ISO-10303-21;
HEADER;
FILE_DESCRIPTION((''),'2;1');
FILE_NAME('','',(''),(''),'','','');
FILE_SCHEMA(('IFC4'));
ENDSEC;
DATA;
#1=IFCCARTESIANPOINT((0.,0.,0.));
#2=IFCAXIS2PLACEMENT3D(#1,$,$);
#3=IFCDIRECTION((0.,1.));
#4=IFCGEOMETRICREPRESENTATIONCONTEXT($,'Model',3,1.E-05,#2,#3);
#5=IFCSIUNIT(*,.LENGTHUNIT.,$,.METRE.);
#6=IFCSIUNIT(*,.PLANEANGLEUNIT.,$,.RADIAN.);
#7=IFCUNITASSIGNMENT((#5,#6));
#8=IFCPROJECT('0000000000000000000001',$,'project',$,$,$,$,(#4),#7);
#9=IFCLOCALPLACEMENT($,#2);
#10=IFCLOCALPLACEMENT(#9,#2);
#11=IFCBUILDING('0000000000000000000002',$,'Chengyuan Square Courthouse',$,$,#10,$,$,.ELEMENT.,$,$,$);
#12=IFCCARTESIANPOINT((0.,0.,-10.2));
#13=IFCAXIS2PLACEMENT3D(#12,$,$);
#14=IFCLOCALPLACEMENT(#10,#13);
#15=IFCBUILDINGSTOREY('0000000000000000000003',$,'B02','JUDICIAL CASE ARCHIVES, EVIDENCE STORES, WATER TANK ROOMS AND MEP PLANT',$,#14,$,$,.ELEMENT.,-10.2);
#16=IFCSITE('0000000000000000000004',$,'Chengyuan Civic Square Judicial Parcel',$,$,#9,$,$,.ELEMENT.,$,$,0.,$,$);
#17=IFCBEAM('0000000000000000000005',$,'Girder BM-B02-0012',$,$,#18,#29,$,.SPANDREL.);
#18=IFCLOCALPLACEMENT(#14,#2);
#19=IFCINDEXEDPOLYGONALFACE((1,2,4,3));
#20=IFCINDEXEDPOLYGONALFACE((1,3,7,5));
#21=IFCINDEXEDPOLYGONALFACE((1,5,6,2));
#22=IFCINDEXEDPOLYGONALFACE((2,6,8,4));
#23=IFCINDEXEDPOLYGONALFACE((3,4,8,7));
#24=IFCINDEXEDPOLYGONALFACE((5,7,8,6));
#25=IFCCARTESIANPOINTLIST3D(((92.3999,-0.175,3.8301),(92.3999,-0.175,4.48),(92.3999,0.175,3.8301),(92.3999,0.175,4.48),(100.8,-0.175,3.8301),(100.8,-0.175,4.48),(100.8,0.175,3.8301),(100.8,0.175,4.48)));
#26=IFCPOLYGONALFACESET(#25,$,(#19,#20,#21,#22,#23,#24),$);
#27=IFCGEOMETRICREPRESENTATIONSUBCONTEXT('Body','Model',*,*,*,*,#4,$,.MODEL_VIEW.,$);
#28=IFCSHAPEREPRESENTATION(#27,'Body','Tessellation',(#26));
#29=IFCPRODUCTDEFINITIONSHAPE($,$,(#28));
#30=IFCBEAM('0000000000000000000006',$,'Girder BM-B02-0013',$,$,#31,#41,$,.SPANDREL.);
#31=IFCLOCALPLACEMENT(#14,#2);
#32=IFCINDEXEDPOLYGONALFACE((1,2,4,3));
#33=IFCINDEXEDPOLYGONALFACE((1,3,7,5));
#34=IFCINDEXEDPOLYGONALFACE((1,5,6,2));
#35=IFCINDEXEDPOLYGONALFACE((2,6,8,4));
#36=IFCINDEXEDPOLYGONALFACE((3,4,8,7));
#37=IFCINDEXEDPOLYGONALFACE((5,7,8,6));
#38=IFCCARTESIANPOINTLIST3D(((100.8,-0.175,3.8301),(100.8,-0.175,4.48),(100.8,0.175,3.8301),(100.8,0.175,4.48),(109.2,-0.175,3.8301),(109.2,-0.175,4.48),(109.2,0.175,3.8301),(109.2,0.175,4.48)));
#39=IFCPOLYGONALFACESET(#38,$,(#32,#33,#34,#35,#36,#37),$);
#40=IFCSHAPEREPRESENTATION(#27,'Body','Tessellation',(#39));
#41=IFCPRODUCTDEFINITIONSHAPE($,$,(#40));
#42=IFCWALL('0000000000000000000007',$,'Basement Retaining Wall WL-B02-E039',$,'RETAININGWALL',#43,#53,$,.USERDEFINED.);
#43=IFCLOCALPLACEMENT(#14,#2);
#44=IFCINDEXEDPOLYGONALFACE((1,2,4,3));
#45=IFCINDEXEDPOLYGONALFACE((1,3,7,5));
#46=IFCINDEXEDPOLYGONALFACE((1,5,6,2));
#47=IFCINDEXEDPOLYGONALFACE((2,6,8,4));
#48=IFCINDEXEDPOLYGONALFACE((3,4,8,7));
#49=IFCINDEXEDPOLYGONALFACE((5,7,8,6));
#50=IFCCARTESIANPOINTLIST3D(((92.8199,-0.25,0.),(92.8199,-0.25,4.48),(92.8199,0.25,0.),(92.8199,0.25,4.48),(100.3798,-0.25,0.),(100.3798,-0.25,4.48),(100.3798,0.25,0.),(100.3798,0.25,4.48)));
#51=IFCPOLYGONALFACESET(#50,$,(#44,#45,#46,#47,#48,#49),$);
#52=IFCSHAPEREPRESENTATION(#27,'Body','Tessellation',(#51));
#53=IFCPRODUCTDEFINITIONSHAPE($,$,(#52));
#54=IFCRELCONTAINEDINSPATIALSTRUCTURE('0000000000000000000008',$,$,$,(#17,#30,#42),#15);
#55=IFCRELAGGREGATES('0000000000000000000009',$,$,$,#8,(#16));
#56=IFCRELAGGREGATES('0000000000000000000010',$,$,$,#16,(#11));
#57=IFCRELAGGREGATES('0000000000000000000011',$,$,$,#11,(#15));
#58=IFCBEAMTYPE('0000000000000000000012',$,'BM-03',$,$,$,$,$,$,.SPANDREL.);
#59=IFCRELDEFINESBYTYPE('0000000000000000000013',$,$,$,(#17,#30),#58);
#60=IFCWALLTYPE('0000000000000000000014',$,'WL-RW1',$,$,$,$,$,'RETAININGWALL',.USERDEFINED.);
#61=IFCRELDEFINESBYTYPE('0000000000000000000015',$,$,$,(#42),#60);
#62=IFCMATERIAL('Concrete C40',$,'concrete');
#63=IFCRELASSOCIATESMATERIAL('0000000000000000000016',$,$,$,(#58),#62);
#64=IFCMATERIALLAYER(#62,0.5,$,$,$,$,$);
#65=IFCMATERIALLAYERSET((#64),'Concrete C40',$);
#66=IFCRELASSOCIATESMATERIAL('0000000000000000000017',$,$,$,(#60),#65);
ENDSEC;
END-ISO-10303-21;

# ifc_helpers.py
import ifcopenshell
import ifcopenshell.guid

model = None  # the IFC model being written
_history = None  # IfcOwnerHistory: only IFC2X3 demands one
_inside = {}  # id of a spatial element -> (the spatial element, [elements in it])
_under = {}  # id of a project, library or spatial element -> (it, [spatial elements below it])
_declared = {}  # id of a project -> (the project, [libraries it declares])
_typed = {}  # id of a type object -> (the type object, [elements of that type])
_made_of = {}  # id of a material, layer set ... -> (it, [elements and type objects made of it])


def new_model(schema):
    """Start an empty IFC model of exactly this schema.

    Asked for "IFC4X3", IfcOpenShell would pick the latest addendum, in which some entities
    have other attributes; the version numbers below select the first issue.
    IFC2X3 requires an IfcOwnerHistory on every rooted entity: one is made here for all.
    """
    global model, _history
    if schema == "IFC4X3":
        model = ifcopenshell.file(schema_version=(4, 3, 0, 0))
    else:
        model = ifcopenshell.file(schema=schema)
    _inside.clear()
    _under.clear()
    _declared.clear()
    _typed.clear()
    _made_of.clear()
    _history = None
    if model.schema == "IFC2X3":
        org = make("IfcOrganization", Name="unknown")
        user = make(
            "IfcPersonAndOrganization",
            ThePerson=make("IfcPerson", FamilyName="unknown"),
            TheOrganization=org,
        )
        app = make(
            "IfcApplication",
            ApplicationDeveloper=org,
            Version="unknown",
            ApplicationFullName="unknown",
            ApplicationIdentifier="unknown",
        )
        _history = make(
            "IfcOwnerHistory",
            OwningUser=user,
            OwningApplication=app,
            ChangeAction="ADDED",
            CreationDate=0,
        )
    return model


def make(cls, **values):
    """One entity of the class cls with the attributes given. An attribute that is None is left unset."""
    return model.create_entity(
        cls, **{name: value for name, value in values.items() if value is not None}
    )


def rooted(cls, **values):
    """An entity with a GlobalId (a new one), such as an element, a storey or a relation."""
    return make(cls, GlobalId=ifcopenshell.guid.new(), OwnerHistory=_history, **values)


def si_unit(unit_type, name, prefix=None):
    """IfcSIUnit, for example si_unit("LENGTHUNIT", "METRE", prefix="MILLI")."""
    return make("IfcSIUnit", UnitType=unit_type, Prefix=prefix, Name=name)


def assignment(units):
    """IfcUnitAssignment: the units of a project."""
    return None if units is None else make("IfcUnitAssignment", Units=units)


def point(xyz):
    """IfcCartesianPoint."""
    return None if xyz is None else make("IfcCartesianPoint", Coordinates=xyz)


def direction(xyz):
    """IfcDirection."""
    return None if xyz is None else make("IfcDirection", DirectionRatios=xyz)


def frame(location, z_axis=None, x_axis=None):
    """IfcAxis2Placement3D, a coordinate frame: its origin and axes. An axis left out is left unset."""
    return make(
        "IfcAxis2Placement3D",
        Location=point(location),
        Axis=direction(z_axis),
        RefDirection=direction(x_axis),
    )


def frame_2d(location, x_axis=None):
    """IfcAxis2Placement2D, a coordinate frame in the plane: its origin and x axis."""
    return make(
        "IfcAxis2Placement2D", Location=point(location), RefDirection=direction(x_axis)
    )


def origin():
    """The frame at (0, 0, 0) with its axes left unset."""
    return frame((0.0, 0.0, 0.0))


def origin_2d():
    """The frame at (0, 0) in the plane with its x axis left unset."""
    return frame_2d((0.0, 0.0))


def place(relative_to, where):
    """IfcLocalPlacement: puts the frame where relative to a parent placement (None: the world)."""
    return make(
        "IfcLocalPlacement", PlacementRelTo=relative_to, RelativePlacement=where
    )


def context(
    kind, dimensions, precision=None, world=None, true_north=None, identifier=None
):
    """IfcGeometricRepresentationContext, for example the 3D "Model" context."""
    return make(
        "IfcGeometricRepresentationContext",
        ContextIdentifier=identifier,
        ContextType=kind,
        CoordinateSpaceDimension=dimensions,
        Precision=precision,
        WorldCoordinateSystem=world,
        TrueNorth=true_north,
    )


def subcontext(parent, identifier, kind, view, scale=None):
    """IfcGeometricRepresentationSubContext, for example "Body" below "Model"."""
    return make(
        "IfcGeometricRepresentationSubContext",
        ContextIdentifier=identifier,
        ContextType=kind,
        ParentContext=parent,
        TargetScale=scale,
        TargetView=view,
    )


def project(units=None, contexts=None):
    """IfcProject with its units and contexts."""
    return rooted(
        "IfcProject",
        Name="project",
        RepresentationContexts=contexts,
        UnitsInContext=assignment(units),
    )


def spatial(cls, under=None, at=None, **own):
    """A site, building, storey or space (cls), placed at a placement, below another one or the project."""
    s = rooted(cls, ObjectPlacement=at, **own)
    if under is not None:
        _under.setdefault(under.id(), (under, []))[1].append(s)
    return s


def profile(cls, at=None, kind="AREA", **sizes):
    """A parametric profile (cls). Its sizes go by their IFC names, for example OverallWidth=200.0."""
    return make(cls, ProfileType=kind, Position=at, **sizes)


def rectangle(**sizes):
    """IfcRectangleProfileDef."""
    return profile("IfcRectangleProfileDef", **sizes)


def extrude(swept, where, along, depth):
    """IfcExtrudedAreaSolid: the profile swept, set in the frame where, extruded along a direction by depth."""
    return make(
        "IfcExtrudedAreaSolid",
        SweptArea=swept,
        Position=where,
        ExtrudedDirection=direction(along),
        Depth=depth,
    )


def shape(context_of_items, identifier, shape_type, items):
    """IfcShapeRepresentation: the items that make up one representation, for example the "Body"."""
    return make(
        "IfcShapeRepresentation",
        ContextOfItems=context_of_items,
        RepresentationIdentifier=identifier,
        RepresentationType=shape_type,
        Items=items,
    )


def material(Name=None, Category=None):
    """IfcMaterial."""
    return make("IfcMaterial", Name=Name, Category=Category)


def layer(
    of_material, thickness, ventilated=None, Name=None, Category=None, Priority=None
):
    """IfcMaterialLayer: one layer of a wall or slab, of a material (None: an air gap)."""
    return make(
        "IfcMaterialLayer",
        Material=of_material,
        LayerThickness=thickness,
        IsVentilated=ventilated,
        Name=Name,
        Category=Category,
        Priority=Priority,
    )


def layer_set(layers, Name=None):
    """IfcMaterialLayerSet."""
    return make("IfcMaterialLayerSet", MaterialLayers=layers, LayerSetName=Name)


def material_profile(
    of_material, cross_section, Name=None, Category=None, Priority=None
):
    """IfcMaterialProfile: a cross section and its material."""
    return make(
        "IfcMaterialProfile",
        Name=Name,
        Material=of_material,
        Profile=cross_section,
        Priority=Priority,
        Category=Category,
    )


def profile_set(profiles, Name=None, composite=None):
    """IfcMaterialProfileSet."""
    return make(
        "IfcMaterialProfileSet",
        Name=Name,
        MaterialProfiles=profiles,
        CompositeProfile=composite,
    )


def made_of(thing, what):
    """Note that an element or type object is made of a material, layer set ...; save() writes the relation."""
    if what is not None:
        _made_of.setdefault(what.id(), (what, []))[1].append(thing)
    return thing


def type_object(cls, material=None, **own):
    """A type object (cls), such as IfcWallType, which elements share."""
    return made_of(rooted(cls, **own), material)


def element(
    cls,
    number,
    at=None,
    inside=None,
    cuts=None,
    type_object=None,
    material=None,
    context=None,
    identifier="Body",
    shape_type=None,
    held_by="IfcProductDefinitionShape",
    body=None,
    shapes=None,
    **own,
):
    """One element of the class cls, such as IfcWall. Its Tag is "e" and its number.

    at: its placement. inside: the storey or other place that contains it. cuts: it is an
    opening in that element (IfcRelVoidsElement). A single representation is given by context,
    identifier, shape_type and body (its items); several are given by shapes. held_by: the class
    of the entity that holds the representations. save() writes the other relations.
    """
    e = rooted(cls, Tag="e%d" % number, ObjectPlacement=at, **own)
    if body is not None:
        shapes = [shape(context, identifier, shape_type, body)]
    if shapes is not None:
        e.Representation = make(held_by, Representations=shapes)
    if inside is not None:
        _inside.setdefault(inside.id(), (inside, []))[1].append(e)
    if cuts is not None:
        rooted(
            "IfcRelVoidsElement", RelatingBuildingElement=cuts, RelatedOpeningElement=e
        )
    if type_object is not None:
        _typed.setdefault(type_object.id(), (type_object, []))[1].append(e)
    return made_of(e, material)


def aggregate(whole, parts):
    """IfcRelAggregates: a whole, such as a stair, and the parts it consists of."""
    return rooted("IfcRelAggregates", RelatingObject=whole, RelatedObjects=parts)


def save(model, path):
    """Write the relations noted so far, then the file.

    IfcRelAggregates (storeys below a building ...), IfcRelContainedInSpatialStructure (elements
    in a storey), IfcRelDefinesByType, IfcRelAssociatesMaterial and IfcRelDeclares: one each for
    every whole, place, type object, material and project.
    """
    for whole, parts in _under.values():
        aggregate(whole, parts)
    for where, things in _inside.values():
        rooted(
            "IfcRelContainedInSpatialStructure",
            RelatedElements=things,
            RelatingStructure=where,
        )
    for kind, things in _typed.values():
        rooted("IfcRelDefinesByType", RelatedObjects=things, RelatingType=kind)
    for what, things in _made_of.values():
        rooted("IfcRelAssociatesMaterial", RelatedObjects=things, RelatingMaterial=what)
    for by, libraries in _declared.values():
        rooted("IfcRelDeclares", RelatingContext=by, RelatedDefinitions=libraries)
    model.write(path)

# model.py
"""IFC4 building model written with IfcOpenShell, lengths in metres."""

from ifc_helpers import new_model, si_unit, direction, frame, frame_2d, origin, origin_2d, place, context, subcontext, project, spatial, rectangle, extrude, material, layer, layer_set, material_profile, profile_set, type_object, element, save


model = new_model("IFC4")

# Units and contexts
model_context = context("Model", 3, precision=1e-05, world=origin(), true_north=direction((0.0, 1.0)))
body_context = subcontext(model_context, "Body", "Model", "MODEL_VIEW")
ifc_project = project(units=[si_unit("LENGTHUNIT", "METRE"), si_unit("PLANEANGLEUNIT", "RADIAN")], contexts=[model_context])

# Site, building, storey
site_placement = place(None, origin())
site = spatial("IfcSite", under=ifc_project, at=site_placement, Name="Chengyuan Civic Square Judicial Parcel", CompositionType="ELEMENT", RefElevation=0.0)
building_placement = place(site_placement, origin())
building = spatial("IfcBuilding", under=site, at=building_placement, Name="Chengyuan Square Courthouse", CompositionType="ELEMENT")
storey_placement = place(building_placement, frame((0.0, 0.0, -10.2)))
storey = spatial("IfcBuildingStorey", under=building, at=storey_placement, Name="B02", Description="JUDICIAL CASE ARCHIVES, EVIDENCE STORES, WATER TANK ROOMS AND MEP PLANT", CompositionType="ELEMENT", Elevation=-10.2)

# Shared definitions
ifc_material_1 = material(Name="Concrete C40", Category="concrete")

# Beams
ifc_material_profile_1 = material_profile(ifc_material_1, rectangle(XDim=0.3501, YDim=0.6499, at=origin_2d()), Name="RC-BM-350x650")
ifc_profile_set_1 = profile_set([ifc_material_profile_1], Name="Concrete C40")
beam_type_1 = type_object("IfcBeamType", Name="BM-03", PredefinedType="SPANDREL", material=ifc_profile_set_1)
beam_1_placement = place(storey_placement, frame((92.3999, 0.0, 4.155), z_axis=(1.0, 0.0, 0.0), x_axis=(0.0, 1.0, 0.0)))
element("IfcBeam", 1, at=beam_1_placement, inside=storey, type_object=beam_type_1, Name="Girder BM-B02-0012", PredefinedType="SPANDREL", context=body_context, shape_type="SweptSolid", body=[
    extrude(rectangle(XDim=0.3501, YDim=0.6499, at=origin_2d()), origin(), (0.0, 0.0, 1.0), 8.4001),
])
beam_2_placement = place(storey_placement, frame((100.8, 0.0, 4.155), z_axis=(1.0, 0.0, 0.0), x_axis=(0.0, 1.0, 0.0)))
element("IfcBeam", 2, at=beam_2_placement, inside=storey, type_object=beam_type_1, Name="Girder BM-B02-0013", PredefinedType="SPANDREL", context=body_context, shape_type="SweptSolid", body=[
    extrude(rectangle(XDim=0.3501, YDim=0.6499, at=origin_2d()), origin(), (0.0, 0.0, 1.0), 8.3999),
])

# Wall
ifc_layer = layer(ifc_material_1, 0.5)
ifc_layer_set = layer_set([ifc_layer], Name="Concrete C40")
wall_type = type_object("IfcWallType", Name="WL-RW1", ElementType="RETAININGWALL", PredefinedType="USERDEFINED", material=ifc_layer_set)
wall_placement = place(storey_placement, frame((92.8201, 0.0, 0.0), z_axis=(0.0, 0.0, 1.0), x_axis=(1.0, 0.0, 0.0)))
element("IfcWall", 3, at=wall_placement, inside=storey, type_object=wall_type, Name="Basement Retaining Wall WL-B02-E039", ObjectType="RETAININGWALL", PredefinedType="USERDEFINED", context=body_context, shape_type="SweptSolid", body=[
    extrude(rectangle(XDim=7.5598, YDim=0.5, at=frame_2d((3.7798, 0.0))), origin(), (0.0, 0.0, 1.0), 4.48),
])

save(model, "model.ifc")
